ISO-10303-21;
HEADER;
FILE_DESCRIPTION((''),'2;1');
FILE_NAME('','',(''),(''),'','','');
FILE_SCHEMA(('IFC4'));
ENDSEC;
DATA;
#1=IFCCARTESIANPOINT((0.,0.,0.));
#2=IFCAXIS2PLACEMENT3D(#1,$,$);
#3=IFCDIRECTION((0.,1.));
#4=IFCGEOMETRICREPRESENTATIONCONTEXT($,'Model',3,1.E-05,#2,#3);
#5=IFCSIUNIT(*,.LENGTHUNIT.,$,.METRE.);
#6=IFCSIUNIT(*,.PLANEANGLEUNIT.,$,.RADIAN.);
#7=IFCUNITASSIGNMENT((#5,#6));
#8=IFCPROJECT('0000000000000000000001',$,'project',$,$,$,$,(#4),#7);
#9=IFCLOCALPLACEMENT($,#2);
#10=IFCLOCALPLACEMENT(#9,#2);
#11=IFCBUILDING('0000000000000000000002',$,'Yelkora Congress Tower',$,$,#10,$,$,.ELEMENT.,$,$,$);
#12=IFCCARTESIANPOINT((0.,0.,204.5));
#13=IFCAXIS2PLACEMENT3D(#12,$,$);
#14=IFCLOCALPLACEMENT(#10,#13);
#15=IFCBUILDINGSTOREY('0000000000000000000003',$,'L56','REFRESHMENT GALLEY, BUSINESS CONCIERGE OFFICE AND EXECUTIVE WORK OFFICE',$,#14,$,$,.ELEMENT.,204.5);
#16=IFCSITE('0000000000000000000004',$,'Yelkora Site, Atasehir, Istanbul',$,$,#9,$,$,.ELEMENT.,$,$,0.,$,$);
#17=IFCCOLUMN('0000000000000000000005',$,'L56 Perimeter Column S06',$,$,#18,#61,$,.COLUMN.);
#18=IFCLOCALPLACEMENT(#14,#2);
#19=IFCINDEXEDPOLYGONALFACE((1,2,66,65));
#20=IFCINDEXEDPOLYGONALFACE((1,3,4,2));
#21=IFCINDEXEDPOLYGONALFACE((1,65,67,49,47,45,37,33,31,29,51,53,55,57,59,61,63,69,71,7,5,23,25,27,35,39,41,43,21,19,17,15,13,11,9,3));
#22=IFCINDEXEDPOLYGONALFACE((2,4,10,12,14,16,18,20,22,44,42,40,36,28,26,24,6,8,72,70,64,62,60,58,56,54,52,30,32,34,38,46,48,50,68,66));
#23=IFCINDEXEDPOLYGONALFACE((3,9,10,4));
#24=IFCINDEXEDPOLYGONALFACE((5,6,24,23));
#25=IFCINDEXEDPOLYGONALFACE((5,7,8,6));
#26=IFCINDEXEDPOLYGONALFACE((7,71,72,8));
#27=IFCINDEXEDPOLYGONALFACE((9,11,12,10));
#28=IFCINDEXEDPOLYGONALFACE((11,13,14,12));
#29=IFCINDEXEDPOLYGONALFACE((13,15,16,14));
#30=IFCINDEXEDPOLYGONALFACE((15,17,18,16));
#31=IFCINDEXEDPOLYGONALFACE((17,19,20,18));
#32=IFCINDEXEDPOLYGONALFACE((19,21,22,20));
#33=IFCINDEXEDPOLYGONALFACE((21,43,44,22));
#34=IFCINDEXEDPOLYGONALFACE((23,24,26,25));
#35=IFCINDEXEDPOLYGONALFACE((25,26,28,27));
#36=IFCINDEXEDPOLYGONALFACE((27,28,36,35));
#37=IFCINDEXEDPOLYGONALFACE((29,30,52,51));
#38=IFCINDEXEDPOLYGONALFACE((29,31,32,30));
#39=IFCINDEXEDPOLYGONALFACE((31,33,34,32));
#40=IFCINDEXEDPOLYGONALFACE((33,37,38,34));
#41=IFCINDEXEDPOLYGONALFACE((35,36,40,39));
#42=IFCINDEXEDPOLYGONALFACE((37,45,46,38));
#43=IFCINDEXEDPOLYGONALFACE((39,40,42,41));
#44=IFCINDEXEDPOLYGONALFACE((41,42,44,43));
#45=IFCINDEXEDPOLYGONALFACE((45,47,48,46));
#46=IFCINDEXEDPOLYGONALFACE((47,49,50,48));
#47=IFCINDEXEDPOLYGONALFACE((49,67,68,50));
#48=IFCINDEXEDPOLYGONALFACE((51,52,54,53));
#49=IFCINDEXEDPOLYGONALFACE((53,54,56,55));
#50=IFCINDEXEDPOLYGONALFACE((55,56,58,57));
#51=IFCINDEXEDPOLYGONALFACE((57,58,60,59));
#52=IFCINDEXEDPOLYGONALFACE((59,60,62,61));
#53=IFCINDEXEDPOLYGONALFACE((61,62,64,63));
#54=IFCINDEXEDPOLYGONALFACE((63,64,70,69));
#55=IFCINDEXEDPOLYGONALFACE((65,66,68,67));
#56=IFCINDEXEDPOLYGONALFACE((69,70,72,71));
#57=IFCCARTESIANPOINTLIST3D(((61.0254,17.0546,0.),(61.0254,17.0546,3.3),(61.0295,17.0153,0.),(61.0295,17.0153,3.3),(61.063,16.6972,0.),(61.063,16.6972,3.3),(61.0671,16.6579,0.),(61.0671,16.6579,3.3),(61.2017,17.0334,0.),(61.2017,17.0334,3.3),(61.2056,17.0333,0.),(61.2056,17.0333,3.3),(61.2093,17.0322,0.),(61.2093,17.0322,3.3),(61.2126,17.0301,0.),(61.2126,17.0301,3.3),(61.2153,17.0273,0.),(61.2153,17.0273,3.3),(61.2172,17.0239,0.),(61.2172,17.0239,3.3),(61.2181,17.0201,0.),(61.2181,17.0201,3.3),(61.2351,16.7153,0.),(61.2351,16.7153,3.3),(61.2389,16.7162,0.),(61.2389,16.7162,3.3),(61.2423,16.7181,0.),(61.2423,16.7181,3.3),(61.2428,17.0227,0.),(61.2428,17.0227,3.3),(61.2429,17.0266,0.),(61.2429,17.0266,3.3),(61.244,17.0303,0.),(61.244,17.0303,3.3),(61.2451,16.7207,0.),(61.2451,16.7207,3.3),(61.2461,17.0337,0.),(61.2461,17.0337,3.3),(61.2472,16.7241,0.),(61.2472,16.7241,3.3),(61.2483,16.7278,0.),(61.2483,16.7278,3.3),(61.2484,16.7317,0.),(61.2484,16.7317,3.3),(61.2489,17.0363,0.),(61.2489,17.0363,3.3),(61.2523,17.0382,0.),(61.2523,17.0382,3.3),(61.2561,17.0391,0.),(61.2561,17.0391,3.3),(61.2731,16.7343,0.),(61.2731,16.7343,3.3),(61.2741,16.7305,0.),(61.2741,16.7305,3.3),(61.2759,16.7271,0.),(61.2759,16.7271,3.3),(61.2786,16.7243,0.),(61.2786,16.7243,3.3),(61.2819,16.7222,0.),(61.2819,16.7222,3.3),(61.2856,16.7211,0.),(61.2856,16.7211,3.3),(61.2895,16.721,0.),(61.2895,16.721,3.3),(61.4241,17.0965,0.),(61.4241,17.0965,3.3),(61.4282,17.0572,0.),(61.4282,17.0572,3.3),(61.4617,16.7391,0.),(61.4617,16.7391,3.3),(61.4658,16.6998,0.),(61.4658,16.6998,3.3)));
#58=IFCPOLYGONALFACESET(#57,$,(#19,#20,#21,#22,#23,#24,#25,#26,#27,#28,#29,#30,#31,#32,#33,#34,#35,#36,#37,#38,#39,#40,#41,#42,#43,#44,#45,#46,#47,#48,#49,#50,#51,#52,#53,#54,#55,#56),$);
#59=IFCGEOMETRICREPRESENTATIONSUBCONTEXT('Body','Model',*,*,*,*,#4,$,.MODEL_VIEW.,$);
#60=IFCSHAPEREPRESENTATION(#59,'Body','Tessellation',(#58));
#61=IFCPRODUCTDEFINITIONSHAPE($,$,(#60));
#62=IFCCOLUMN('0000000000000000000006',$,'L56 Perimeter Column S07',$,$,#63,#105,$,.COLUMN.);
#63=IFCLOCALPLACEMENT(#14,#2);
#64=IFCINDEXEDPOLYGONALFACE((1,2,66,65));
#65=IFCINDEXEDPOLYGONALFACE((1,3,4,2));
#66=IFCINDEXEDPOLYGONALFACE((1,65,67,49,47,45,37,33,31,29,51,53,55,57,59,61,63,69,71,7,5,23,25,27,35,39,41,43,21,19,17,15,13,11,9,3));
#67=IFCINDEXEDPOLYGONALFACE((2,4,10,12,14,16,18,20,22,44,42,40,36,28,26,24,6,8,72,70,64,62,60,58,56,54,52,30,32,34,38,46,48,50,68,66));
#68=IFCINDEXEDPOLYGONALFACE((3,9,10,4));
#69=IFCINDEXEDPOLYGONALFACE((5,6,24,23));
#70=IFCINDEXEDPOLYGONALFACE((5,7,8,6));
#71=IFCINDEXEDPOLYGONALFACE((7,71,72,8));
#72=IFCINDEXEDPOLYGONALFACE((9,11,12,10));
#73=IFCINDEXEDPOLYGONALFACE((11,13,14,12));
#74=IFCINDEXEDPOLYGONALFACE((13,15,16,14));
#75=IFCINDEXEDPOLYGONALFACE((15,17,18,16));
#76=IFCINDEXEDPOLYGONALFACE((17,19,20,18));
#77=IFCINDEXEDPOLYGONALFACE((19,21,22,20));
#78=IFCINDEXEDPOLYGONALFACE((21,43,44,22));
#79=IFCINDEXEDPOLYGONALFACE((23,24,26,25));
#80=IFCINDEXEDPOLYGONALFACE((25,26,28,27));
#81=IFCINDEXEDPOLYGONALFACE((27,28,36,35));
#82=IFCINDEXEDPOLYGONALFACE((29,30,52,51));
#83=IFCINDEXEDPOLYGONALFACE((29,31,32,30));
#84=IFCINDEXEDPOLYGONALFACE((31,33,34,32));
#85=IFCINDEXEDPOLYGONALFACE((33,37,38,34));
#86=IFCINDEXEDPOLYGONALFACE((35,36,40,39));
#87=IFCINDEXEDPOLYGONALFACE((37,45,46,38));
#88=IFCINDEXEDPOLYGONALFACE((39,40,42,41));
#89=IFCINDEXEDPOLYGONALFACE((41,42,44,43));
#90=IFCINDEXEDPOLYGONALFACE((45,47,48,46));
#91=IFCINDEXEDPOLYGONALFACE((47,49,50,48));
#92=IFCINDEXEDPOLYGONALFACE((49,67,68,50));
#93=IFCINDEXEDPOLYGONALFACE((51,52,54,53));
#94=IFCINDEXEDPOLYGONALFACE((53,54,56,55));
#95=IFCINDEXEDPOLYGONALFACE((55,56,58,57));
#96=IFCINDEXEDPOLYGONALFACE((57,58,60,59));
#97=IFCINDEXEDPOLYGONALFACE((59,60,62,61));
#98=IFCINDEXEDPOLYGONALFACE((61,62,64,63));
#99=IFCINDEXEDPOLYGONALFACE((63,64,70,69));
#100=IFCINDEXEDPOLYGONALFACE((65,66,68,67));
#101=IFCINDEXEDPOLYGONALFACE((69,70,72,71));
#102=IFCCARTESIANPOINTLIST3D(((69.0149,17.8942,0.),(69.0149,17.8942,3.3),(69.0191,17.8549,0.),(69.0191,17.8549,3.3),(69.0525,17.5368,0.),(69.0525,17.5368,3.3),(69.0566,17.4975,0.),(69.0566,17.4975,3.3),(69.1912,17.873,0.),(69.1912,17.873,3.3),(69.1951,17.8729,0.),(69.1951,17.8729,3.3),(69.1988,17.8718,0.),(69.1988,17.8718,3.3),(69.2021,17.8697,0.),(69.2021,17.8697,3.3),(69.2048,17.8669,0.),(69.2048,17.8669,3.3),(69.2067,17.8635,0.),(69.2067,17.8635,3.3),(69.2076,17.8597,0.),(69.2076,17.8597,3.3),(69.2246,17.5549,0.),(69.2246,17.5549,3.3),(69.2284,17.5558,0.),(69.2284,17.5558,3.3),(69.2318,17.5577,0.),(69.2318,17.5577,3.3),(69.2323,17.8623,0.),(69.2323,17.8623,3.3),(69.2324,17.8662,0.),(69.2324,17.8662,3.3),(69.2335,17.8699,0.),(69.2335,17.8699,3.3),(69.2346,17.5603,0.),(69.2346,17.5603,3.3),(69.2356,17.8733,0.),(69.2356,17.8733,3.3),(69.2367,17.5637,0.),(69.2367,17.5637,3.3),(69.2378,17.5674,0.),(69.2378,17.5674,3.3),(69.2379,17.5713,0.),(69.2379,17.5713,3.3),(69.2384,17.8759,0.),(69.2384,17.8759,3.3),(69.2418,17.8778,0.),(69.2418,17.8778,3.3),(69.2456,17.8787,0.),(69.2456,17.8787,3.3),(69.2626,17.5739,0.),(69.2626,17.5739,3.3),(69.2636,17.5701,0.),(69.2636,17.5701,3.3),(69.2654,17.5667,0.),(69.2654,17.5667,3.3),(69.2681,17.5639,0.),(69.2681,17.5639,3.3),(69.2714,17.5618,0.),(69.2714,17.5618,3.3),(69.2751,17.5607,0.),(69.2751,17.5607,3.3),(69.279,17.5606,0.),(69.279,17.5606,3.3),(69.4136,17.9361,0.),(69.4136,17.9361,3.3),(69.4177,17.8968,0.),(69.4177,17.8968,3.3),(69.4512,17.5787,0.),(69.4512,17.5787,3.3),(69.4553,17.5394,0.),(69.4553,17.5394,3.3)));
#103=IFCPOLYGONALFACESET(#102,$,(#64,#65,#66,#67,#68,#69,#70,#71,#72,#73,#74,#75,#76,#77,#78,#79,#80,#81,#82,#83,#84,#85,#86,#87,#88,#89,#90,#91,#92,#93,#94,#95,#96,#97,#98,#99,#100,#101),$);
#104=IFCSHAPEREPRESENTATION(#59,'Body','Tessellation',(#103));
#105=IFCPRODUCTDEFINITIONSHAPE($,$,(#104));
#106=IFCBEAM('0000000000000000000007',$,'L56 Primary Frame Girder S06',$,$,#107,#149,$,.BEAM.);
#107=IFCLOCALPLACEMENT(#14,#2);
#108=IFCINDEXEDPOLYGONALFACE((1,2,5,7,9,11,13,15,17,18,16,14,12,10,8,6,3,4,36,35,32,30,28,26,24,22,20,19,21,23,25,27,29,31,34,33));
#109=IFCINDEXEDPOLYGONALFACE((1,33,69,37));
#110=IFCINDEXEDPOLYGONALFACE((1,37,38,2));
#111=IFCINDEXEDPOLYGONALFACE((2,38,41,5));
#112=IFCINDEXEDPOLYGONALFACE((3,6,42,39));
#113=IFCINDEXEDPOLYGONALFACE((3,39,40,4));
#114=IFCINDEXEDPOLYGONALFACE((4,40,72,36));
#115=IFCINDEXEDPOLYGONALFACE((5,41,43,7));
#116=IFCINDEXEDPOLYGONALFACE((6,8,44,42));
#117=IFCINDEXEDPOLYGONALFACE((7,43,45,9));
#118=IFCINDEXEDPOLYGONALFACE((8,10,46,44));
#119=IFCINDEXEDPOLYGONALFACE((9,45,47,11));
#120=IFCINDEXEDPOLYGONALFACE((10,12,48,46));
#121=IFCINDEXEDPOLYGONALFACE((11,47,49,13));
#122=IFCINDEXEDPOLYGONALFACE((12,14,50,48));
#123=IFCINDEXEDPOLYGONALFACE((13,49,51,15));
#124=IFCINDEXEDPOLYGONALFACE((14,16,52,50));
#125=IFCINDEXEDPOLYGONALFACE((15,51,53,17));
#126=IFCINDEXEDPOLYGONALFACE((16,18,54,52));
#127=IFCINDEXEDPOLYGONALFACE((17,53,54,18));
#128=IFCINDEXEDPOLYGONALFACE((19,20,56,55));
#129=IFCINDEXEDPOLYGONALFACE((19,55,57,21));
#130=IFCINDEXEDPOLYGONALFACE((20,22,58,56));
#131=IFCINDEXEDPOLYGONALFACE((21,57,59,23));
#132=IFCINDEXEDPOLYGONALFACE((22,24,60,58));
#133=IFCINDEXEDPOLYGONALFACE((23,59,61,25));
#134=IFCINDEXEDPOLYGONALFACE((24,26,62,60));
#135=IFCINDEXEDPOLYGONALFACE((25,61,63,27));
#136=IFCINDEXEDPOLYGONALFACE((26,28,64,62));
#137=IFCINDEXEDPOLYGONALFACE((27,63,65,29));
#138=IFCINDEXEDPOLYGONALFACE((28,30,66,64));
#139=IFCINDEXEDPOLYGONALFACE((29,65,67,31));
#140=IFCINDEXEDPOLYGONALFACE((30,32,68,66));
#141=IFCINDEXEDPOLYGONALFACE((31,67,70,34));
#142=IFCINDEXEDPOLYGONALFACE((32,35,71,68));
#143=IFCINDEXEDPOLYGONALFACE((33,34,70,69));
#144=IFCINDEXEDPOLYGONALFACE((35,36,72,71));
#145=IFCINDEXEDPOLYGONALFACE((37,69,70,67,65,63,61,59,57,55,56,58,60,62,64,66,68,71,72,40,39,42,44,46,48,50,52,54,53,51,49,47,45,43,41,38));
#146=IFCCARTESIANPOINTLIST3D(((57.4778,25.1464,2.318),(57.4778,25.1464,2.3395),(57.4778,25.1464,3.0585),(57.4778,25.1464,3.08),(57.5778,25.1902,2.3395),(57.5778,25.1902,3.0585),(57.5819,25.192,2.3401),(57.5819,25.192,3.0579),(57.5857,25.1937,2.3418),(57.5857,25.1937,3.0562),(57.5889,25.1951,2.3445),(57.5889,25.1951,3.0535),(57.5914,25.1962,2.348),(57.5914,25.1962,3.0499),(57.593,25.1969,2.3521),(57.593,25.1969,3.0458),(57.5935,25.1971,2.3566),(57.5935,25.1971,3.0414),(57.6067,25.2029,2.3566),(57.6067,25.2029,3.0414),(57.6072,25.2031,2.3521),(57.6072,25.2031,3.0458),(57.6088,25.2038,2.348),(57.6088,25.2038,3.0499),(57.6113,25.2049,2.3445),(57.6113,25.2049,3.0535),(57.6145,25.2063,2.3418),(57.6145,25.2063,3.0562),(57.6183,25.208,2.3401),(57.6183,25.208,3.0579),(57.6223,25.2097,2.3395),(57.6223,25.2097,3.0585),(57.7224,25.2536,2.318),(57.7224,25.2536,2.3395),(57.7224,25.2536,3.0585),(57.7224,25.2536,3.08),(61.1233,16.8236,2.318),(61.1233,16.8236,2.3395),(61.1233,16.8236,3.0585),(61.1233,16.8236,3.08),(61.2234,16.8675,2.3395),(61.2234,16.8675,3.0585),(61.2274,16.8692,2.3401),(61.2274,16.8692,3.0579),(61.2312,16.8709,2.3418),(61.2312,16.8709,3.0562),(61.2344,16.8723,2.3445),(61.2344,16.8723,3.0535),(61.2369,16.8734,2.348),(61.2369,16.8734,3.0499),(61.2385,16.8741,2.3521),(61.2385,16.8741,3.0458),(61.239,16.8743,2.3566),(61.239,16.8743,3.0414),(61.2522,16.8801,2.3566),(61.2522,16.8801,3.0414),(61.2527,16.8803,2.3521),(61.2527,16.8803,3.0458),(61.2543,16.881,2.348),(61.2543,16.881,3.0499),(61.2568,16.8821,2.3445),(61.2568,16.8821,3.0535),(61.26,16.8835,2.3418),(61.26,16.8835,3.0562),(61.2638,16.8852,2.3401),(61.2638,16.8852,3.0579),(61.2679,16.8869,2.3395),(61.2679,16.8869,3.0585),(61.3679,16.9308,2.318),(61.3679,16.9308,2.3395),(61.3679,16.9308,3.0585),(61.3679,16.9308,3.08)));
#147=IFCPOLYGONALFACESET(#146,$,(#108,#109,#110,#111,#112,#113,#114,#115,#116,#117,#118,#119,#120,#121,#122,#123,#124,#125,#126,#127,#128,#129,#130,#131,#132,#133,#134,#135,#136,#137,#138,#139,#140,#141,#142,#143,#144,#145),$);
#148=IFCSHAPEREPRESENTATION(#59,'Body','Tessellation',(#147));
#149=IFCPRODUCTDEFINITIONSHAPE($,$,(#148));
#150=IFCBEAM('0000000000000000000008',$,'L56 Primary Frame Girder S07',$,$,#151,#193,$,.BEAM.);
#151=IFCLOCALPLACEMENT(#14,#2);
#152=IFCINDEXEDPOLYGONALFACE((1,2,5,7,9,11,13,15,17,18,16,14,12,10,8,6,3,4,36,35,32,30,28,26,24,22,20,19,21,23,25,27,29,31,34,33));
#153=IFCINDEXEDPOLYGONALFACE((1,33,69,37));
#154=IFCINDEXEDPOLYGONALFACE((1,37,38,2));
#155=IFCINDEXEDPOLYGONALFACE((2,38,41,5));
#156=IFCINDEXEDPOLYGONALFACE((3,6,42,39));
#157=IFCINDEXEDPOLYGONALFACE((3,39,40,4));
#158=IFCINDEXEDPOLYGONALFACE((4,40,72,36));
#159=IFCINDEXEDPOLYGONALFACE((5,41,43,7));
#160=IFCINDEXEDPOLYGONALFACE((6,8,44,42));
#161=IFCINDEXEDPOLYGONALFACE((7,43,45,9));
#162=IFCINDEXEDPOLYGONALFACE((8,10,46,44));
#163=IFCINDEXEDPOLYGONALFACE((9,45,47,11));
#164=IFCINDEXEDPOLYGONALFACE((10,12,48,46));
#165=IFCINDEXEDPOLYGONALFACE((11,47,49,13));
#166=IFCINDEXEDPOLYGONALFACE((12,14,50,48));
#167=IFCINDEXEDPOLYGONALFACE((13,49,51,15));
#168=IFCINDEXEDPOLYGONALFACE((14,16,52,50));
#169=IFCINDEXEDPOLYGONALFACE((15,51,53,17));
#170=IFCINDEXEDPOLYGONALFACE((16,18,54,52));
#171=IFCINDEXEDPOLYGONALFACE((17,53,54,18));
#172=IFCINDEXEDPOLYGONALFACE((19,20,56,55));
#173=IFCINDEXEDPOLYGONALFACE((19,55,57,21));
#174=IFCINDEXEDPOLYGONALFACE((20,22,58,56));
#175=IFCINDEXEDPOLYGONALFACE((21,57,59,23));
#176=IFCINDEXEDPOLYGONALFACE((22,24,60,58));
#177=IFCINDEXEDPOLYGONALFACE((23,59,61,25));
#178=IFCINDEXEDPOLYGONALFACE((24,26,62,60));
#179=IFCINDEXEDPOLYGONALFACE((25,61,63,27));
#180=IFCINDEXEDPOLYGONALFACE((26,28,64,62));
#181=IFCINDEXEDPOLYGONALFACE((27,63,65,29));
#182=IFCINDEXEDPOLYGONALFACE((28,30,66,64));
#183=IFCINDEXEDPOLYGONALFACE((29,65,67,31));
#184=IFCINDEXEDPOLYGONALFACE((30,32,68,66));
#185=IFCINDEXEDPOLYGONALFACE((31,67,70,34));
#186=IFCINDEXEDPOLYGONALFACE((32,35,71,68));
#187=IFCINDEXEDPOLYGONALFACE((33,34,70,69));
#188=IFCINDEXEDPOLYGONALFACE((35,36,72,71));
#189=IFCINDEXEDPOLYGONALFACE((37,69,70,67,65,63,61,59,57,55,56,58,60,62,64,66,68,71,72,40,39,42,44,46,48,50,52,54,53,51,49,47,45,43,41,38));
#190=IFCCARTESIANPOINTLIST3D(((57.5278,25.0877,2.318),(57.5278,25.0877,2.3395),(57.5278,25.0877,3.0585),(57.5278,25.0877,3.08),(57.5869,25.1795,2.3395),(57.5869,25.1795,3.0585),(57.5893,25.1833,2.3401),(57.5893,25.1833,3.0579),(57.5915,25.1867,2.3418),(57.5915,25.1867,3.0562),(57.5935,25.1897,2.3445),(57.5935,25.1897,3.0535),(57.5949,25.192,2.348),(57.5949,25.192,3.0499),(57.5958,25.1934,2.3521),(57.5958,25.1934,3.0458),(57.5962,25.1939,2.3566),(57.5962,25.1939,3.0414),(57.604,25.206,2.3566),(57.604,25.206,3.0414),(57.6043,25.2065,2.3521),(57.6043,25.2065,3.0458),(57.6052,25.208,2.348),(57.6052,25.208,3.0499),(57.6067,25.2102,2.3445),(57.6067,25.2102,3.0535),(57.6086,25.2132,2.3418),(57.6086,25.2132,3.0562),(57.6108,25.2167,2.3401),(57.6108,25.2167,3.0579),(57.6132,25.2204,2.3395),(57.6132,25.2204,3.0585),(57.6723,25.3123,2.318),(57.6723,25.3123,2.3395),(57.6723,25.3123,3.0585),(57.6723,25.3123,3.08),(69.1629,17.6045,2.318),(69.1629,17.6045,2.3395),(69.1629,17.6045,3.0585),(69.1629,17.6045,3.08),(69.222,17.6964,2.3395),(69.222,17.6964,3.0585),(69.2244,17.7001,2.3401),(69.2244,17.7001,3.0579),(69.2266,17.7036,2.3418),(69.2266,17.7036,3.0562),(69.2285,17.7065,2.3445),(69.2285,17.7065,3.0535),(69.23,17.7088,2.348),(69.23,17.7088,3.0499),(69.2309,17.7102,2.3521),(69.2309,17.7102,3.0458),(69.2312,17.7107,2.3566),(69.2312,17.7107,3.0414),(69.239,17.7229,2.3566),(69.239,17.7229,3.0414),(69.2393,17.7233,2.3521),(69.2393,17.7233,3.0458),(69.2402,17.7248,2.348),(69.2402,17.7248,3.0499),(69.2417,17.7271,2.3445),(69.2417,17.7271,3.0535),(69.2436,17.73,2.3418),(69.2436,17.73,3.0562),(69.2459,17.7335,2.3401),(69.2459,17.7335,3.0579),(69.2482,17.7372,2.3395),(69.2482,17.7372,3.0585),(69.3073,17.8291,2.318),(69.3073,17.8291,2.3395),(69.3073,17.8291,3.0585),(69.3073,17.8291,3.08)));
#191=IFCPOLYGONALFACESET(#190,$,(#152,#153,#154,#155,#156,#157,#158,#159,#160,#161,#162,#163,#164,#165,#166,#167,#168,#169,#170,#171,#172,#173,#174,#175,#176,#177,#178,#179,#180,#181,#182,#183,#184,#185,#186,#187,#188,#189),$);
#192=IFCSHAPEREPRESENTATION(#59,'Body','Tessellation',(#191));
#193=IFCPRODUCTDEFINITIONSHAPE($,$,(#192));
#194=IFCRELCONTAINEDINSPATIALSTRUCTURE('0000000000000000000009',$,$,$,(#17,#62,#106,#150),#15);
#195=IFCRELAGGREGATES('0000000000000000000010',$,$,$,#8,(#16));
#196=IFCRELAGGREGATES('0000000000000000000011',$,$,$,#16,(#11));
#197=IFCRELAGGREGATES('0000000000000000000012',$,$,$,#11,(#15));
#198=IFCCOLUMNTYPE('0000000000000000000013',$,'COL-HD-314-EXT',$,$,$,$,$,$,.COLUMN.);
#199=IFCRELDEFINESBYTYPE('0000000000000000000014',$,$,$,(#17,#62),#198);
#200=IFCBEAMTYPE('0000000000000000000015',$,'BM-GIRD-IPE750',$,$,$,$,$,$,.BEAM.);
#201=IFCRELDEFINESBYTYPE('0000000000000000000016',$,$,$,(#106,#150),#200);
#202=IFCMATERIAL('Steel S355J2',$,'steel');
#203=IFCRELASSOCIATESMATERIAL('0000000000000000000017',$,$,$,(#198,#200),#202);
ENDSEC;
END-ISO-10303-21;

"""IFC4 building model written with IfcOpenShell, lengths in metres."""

from ifc_helpers import new_model, si_unit, direction, frame, origin, origin_2d, place, context, subcontext, project, spatial, i_section, extrude, material, material_profile, profile_set, type_object, element, save


model = new_model("IFC4")

# Units and contexts
model_context = context("Model", 3, precision=1e-05, world=origin(), true_north=direction((0.0, 1.0)))
body_context = subcontext(model_context, "Body", "Model", "MODEL_VIEW")
ifc_project = project(units=[si_unit("LENGTHUNIT", "METRE"), si_unit("PLANEANGLEUNIT", "RADIAN")], contexts=[model_context])

# Site, building, storey
site_placement = place(None, origin())
site = spatial("IfcSite", under=ifc_project, at=site_placement, Name="Yelkora Site, Atasehir, Istanbul", CompositionType="ELEMENT", RefElevation=0.0)
building_placement = place(site_placement, origin())
building = spatial("IfcBuilding", under=site, at=building_placement, Name="Yelkora Congress Tower", CompositionType="ELEMENT")
storey_placement = place(building_placement, frame((0.0, 0.0, 204.5)))
storey = spatial("IfcBuildingStorey", under=building, at=storey_placement, Name="L56", Description="REFRESHMENT GALLEY, BUSINESS CONCIERGE OFFICE AND EXECUTIVE WORK OFFICE", CompositionType="ELEMENT", Elevation=204.5)

# Columns
ifc_material_1 = material(Name="Steel S355J2", Category="steel")
ifc_material_profile_1 = material_profile(ifc_material_1, i_section(OverallWidth=0.4009, OverallDepth=0.3989, WebThickness=0.0249, FlangeThickness=0.0396, FilletRadius=0.0149, at=origin_2d()), Name="HD 400x314")
ifc_profile_set_1 = profile_set([ifc_material_profile_1], Name="Steel S355J2")
column_type = type_object("IfcColumnType", Name="COL-HD-314-EXT", PredefinedType="COLUMN", material=ifc_profile_set_1)
for number, where, z_axis, x_axis, name in (
    (1, (61.2456, 16.8772, 0.0), (0.0, 0.0, 1.0), (0.994522, 0.104528, 0.0), "L56 Perimeter Column S06"),
    (2, (69.2351, 17.7168, 0.0), (0.0, 0.0, 1.0), (0.994522, 0.104528, 0.0), "L56 Perimeter Column S07"),
):
    element("IfcColumn", number, at=place(storey_placement, frame(where, z_axis=z_axis, x_axis=x_axis)), inside=storey, type_object=column_type, Name=name, PredefinedType="COLUMN", context=body_context, shape_type="SweptSolid", body=[
        extrude(i_section(OverallWidth=0.4009, OverallDepth=0.3989, WebThickness=0.0249, FlangeThickness=0.0396, FilletRadius=0.0149, at=origin_2d()), origin(), (0.0, 0.0, 1.0), 3.3),
    ])

# Beams
ifc_material_profile_2 = material_profile(ifc_material_1, i_section(OverallWidth=0.2671, OverallDepth=0.762, WebThickness=0.0144, FlangeThickness=0.0215, FilletRadius=0.0171, at=origin_2d()), Name="IPE 750x173")
ifc_profile_set_2 = profile_set([ifc_material_profile_2], Name="Steel S355J2")
beam_type_1 = type_object("IfcBeamType", Name="BM-GIRD-IPE750", PredefinedType="BEAM", material=ifc_profile_set_2)
beam_1_placement = place(storey_placement, frame((61.2456, 16.8772, 2.699), z_axis=(-0.401216, 0.915983, 0.0), x_axis=(-0.915983, -0.401216, 0.0)))
element("IfcBeam", 3, at=beam_1_placement, inside=storey, type_object=beam_type_1, Name="L56 Primary Frame Girder S06", PredefinedType="BEAM", context=body_context, shape_type="SweptSolid", body=[
    extrude(i_section(OverallWidth=0.2671, OverallDepth=0.762, WebThickness=0.0144, FlangeThickness=0.0215, FilletRadius=0.0171, at=origin_2d()), origin(), (0.0, 0.0, 1.0), 9.0862),
])
beam_2_placement = place(storey_placement, frame((69.2351, 17.7168, 2.699), z_axis=(-0.841063, 0.540937, 0.0), x_axis=(-0.540937, -0.841063, 0.0)))
element("IfcBeam", 4, at=beam_2_placement, inside=storey, type_object=beam_type_1, Name="L56 Primary Frame Girder S07", PredefinedType="BEAM", context=body_context, shape_type="SweptSolid", body=[
    extrude(i_section(OverallWidth=0.2671, OverallDepth=0.762, WebThickness=0.0144, FlangeThickness=0.0215, FilletRadius=0.0171, at=origin_2d()), origin(), (0.0, 0.0, 1.0), 13.8337),
])

save(model, "model.ifc")
